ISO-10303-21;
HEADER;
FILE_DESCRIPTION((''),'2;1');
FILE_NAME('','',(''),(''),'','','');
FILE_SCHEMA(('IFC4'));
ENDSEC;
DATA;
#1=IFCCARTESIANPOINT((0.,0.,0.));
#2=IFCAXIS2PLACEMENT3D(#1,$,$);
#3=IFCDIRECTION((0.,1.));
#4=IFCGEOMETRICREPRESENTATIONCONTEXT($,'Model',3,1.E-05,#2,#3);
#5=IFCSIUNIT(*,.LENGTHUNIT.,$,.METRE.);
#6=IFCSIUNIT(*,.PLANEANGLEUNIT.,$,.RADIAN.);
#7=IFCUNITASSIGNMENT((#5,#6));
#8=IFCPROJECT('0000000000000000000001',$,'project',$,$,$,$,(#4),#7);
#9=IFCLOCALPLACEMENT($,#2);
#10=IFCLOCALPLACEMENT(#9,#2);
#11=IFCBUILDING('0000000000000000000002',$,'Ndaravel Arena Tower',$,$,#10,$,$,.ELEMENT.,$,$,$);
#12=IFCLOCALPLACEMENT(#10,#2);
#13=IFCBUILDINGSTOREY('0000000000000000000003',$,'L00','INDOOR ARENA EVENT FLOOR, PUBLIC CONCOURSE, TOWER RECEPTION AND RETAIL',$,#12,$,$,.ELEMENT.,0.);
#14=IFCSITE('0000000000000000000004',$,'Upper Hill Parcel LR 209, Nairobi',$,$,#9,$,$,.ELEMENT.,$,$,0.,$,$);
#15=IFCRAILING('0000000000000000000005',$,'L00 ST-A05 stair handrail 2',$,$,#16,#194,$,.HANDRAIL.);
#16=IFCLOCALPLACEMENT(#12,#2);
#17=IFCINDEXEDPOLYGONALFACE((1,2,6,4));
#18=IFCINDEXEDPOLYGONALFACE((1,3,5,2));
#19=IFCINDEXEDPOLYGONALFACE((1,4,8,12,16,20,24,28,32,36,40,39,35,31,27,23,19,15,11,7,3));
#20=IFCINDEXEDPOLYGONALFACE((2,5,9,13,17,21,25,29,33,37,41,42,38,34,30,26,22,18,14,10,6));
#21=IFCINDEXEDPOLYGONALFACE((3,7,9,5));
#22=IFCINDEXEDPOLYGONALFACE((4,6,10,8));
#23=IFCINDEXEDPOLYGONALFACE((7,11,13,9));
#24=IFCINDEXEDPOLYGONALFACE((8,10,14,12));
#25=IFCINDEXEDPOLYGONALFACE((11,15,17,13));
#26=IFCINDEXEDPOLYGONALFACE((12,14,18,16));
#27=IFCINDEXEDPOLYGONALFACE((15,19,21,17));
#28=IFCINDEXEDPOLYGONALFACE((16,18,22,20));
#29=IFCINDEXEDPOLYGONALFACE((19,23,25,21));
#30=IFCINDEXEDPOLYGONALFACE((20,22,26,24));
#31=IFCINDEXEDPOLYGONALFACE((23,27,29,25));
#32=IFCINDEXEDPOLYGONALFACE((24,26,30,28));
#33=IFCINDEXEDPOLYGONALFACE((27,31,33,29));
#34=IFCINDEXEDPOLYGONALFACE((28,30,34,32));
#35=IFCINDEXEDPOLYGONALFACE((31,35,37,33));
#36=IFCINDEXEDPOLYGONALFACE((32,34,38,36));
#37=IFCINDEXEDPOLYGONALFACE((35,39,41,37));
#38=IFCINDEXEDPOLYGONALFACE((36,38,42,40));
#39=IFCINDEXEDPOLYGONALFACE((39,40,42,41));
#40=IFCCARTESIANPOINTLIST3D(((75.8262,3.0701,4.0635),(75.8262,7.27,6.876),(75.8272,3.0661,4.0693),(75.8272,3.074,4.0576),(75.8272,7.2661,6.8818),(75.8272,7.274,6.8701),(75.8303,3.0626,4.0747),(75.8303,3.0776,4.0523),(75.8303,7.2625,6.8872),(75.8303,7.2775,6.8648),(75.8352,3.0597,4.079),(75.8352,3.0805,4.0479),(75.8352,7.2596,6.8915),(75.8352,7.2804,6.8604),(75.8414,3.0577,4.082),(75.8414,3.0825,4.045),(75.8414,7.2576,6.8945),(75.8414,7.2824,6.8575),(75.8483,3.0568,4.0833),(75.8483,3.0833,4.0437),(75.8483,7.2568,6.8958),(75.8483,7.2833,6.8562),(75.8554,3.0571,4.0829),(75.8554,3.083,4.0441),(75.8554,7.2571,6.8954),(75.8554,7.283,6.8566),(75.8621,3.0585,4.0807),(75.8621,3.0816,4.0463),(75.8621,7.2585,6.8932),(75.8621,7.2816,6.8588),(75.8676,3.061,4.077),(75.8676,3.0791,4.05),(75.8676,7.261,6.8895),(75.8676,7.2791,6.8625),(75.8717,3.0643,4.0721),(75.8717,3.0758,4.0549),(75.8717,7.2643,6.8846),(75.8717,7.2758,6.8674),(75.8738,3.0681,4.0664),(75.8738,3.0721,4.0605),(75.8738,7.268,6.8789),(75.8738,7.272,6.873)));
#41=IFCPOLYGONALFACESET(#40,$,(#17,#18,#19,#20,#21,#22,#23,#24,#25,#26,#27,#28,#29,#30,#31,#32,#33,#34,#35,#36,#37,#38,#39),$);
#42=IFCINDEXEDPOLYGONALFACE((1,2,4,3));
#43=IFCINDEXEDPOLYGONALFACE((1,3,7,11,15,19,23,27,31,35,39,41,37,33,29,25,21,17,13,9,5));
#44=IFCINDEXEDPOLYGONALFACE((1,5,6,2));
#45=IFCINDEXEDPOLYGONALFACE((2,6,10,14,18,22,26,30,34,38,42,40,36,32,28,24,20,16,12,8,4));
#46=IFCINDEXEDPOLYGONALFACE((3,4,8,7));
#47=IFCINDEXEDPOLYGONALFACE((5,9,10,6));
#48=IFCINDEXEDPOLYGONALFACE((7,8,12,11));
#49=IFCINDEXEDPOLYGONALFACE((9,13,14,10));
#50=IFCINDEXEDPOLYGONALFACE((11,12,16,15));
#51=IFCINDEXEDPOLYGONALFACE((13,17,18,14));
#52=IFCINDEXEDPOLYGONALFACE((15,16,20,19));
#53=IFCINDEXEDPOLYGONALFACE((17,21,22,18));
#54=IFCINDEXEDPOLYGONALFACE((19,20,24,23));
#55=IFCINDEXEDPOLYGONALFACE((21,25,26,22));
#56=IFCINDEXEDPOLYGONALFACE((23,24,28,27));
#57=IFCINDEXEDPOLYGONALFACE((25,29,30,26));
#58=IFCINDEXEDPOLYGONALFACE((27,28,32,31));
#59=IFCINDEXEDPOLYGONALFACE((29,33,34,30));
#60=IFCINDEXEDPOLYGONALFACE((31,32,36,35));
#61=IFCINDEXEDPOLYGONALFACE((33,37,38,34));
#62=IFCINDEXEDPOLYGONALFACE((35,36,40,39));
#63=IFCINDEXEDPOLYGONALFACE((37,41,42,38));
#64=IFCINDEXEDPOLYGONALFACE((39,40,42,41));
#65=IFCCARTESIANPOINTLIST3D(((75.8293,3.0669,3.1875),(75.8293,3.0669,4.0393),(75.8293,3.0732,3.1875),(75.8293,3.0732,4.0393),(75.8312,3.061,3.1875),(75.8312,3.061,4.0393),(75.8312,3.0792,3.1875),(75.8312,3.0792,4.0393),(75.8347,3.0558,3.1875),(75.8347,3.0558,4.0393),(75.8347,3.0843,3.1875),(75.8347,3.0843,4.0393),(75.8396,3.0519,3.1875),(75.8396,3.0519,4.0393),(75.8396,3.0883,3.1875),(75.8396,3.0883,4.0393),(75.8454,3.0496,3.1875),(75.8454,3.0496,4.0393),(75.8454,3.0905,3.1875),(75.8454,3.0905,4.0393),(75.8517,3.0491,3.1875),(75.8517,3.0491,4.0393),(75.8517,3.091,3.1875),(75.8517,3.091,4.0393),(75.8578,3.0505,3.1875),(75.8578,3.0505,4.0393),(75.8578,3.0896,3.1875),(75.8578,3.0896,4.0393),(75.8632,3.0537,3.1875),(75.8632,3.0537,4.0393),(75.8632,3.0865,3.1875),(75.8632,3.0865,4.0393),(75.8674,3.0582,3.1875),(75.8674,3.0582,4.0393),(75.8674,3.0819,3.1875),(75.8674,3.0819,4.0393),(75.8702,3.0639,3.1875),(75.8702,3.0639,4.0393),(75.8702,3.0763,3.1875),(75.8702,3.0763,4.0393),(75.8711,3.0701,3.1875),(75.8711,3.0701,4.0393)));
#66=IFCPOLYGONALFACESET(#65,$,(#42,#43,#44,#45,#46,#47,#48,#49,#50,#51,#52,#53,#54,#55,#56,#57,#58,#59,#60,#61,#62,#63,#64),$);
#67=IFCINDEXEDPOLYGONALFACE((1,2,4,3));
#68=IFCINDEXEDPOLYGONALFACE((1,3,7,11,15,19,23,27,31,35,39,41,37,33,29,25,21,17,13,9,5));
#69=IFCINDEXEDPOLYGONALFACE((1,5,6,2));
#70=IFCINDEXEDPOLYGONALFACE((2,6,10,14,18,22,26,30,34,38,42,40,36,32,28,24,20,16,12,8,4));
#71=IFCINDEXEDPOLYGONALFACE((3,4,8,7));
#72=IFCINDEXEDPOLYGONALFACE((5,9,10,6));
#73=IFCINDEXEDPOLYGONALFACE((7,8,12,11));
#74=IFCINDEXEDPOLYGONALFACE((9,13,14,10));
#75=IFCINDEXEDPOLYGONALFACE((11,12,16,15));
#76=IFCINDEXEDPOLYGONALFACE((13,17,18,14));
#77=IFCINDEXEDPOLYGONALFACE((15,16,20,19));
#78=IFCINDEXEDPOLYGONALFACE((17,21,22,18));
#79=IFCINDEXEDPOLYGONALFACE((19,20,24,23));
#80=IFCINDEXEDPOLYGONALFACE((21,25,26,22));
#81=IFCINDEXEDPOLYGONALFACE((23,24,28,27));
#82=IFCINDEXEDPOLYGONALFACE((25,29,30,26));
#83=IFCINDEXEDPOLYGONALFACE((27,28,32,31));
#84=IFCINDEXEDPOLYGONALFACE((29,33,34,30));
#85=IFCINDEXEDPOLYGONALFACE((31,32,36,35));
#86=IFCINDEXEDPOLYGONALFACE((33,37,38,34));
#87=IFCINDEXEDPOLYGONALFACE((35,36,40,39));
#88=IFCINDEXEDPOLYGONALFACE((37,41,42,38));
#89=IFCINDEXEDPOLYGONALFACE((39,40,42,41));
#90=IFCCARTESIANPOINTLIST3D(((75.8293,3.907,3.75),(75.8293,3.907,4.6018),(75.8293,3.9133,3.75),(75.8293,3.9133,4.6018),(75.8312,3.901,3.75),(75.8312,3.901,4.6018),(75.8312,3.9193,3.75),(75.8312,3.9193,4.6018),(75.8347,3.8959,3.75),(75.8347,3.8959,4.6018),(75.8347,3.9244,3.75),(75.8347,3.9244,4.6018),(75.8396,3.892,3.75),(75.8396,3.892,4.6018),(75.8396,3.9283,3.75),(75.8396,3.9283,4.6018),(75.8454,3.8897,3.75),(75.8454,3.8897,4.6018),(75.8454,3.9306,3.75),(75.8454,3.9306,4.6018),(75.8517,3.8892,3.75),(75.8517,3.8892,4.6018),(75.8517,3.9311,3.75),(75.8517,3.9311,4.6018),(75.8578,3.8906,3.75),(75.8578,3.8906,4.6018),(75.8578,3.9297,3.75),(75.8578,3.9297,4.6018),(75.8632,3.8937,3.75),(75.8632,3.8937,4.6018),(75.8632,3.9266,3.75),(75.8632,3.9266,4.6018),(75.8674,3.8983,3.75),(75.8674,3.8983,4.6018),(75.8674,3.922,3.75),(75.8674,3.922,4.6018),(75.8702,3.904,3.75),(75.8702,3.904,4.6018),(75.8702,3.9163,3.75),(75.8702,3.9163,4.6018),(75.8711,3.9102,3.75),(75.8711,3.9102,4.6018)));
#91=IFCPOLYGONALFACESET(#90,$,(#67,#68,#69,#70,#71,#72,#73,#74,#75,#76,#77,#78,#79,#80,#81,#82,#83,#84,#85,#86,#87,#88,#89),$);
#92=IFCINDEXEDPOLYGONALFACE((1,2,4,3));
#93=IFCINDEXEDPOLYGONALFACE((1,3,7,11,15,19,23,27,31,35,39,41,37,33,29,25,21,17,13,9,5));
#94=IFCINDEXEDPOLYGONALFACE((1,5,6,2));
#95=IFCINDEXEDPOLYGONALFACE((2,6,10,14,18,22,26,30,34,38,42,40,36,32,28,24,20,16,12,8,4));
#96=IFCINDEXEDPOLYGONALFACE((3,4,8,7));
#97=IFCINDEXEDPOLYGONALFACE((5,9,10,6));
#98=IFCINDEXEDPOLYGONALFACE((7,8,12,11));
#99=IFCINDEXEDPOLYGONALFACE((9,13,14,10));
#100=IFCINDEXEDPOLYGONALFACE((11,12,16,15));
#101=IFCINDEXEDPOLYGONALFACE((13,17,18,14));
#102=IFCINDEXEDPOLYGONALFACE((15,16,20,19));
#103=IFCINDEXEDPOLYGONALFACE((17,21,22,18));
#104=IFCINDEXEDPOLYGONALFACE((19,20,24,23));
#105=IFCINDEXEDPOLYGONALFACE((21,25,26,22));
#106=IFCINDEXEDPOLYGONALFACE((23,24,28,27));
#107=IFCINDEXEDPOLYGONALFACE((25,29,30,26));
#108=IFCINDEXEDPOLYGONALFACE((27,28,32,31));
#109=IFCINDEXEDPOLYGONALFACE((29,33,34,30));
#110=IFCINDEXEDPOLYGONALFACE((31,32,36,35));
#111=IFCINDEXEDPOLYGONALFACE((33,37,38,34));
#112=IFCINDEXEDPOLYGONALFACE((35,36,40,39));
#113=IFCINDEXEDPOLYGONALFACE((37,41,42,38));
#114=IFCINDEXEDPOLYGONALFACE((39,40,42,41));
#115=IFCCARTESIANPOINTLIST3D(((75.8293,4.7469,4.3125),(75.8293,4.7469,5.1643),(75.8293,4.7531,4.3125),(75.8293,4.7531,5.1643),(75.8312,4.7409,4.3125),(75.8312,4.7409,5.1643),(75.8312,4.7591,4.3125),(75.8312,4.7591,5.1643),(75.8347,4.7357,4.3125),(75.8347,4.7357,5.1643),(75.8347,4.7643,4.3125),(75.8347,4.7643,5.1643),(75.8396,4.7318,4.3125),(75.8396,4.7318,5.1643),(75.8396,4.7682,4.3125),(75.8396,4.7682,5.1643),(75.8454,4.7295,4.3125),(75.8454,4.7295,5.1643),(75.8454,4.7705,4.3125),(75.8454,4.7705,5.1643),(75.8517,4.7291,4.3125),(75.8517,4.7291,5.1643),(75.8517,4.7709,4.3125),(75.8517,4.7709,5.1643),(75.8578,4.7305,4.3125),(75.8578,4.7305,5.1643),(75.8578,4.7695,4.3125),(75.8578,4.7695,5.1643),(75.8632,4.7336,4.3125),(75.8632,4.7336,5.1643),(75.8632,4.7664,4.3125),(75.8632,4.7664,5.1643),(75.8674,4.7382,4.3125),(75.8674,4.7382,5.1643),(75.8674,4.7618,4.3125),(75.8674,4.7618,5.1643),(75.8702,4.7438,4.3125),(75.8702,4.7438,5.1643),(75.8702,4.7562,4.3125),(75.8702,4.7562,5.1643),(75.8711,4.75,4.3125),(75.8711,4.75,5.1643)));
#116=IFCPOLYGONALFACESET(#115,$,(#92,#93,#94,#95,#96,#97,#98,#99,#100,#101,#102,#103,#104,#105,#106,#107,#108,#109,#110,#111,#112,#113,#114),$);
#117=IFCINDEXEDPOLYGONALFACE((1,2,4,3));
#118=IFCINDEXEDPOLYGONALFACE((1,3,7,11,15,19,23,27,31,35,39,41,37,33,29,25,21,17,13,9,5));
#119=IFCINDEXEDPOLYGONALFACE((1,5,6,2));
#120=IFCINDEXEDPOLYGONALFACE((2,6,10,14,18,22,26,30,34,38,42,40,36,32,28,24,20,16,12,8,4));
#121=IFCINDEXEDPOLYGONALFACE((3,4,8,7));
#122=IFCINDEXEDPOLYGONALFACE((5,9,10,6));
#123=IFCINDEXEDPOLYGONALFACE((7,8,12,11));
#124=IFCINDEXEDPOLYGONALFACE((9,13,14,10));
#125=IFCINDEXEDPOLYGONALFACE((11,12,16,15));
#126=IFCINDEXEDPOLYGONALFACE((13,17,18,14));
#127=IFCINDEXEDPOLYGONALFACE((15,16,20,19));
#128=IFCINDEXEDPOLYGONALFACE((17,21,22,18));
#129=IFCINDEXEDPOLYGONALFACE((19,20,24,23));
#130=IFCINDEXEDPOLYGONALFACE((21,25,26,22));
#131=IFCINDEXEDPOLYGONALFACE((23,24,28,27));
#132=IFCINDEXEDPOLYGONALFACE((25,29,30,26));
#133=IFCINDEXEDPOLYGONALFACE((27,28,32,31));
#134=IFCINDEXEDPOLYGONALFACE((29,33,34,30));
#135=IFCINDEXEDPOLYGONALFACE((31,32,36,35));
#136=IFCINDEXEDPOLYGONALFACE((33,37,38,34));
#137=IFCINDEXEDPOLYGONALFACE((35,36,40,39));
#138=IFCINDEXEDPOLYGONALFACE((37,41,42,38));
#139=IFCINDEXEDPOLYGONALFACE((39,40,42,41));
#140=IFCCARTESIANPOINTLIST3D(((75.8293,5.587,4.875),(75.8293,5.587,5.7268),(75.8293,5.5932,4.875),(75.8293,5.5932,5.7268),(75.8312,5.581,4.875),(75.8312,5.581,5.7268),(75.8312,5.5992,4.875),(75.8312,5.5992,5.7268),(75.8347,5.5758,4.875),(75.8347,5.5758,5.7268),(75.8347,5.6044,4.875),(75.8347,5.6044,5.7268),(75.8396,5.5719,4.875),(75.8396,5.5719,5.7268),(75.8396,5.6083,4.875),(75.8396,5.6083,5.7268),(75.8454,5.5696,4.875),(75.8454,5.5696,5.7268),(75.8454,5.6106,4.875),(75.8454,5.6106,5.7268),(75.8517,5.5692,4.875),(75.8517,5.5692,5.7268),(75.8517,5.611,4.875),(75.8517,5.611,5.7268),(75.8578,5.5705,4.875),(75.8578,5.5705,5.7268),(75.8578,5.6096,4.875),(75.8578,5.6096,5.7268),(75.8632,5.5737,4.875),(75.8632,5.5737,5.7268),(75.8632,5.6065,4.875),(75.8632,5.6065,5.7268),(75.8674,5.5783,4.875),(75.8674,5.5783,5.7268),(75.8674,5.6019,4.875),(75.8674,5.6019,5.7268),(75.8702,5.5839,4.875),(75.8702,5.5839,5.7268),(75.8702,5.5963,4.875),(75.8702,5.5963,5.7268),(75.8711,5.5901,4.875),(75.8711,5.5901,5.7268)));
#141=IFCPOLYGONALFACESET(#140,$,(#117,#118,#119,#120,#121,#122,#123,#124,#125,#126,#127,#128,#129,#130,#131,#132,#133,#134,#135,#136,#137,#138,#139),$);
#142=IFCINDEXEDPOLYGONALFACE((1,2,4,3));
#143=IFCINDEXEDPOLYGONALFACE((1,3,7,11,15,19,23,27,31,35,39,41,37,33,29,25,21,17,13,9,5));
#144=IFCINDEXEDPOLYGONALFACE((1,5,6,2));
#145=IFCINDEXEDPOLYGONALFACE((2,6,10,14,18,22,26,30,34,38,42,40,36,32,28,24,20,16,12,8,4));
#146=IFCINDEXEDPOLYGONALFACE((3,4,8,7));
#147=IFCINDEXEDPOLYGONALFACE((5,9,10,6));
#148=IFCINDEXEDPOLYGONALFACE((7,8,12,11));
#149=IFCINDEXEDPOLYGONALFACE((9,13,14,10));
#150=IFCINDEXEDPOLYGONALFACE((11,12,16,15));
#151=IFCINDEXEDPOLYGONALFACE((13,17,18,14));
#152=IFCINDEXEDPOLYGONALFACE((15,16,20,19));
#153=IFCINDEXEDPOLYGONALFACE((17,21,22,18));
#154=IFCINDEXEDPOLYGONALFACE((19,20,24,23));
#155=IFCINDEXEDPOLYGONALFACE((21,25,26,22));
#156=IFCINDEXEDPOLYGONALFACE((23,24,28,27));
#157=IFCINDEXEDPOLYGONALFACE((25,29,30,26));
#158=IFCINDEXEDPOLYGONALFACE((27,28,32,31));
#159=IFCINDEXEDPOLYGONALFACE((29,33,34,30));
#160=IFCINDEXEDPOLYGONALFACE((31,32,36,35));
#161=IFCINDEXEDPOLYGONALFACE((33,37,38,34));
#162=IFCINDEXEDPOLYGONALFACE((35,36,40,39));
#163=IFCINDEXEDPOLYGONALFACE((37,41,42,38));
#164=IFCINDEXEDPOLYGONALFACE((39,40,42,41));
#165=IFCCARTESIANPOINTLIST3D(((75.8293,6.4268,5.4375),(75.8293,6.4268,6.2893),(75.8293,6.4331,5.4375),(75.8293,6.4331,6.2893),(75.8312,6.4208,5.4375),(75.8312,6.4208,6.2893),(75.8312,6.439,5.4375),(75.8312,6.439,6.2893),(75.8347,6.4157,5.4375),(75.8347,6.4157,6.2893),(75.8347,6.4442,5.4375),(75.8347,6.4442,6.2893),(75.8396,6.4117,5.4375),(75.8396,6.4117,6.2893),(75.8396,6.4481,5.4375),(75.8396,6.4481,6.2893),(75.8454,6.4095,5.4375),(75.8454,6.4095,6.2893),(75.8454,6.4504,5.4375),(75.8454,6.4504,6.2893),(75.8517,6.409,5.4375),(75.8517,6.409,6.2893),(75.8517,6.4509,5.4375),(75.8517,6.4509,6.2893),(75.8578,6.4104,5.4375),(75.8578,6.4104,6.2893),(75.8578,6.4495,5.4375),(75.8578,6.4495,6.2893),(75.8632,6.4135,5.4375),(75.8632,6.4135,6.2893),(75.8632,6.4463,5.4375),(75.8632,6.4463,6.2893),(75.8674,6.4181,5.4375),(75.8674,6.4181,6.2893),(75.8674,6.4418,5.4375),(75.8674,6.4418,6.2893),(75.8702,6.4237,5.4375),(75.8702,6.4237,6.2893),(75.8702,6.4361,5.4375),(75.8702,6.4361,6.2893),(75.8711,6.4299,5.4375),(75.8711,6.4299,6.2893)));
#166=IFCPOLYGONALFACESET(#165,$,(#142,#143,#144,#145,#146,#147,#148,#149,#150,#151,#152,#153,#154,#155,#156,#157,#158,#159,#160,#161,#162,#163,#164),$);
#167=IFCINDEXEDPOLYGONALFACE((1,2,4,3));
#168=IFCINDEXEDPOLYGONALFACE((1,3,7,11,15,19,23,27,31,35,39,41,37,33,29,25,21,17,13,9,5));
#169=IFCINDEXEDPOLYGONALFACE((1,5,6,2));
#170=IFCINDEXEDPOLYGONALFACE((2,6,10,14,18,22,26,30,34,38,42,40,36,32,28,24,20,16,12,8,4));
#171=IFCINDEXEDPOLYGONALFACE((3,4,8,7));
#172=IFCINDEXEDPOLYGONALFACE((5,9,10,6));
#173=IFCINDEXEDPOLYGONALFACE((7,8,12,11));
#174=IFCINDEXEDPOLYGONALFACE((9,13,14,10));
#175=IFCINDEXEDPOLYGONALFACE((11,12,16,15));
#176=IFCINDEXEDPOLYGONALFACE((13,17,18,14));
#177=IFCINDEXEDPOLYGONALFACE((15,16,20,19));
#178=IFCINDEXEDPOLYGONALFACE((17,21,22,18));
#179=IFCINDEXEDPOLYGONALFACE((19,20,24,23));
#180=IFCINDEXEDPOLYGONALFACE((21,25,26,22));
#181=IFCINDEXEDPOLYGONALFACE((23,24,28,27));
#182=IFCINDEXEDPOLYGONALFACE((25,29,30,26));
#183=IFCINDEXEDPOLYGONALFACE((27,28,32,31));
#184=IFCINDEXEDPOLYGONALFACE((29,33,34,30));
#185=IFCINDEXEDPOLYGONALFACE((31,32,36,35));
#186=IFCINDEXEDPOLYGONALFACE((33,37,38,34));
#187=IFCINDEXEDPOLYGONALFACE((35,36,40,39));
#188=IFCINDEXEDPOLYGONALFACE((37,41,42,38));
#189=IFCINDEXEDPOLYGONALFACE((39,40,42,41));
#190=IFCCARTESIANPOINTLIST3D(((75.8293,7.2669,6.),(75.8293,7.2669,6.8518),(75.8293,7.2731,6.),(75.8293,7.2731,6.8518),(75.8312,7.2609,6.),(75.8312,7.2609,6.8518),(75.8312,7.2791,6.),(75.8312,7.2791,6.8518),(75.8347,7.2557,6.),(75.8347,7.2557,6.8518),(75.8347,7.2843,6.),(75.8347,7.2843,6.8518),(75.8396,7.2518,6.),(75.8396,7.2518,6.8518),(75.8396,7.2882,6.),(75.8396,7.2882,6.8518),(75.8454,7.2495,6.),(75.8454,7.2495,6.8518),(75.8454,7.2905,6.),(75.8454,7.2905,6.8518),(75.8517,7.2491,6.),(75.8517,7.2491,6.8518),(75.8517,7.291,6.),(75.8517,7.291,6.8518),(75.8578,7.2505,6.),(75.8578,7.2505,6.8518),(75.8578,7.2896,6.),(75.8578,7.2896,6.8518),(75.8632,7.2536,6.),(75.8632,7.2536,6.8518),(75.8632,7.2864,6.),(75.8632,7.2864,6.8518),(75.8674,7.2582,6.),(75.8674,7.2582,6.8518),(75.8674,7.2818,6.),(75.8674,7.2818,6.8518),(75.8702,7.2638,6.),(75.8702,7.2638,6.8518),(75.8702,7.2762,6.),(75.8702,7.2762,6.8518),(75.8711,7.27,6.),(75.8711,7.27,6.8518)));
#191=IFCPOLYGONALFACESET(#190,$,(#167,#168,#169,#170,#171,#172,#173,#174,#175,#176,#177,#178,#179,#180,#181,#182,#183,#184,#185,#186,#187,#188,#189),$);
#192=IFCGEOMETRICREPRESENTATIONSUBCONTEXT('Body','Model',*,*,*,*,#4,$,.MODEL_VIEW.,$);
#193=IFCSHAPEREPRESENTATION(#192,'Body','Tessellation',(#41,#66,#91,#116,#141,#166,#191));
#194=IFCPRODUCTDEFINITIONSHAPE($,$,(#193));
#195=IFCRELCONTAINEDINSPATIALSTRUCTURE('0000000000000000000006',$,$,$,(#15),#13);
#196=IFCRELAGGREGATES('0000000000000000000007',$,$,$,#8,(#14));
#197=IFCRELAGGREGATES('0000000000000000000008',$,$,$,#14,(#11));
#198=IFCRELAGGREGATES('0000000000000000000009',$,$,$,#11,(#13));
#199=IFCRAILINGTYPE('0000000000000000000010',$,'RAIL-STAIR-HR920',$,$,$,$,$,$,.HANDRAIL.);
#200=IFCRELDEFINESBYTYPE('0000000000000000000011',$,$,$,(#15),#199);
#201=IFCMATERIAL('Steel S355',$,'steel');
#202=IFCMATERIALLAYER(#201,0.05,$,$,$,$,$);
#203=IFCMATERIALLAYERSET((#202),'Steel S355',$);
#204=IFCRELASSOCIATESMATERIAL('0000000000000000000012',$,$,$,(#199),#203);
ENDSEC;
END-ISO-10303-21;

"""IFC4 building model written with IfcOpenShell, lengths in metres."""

from ifc_helpers import new_model, si_unit, direction, frame, origin, origin_2d, place, context, subcontext, project, spatial, circle, extrude, material, layer, layer_set, type_object, element, save


model = new_model("IFC4")

# Units and contexts
model_context = context("Model", 3, precision=1e-05, world=origin(), true_north=direction((0.0, 1.0)))
body_context = subcontext(model_context, "Body", "Model", "MODEL_VIEW")
ifc_project = project(units=[si_unit("LENGTHUNIT", "METRE"), si_unit("PLANEANGLEUNIT", "RADIAN")], contexts=[model_context])

# Site, building, storey
site_placement = place(None, origin())
site = spatial("IfcSite", under=ifc_project, at=site_placement, Name="Upper Hill Parcel LR 209, Nairobi", CompositionType="ELEMENT", RefElevation=0.0)
building_placement = place(site_placement, origin())
building = spatial("IfcBuilding", under=site, at=building_placement, Name="Ndaravel Arena Tower", CompositionType="ELEMENT")
storey_placement = place(building_placement, origin())
storey = spatial("IfcBuildingStorey", under=building, at=storey_placement, Name="L00", Description="INDOOR ARENA EVENT FLOOR, PUBLIC CONCOURSE, TOWER RECEPTION AND RETAIL", CompositionType="ELEMENT", Elevation=0.0)

# Railing
ifc_material_1 = material(Name="Steel S355", Category="steel")
ifc_layer_1 = layer(ifc_material_1, 0.05)
ifc_layer_set_1 = layer_set([ifc_layer_1], Name="Steel S355")
railing_type_1 = type_object("IfcRailingType", Name="RAIL-STAIR-HR920", PredefinedType="HANDRAIL", material=ifc_layer_set_1)
railing_1_placement = place(storey_placement, frame((75.8501, 3.0701, 3.1875)))
element("IfcRailing", 1, at=railing_1_placement, inside=storey, type_object=railing_type_1, Name="L00 ST-A05 stair handrail 2", PredefinedType="HANDRAIL", context=body_context, shape_type="SweptSolid", body=[
    extrude(circle(Radius=0.0239, at=origin_2d()), frame((0.0, 0.0, 0.876), z_axis=(0.0, 0.830904, 0.556416), x_axis=(-1.0, 0.0, 0.0)), (0.0, 0.0, 1.0), 5.0547),
    extrude(circle(Radius=0.021, at=origin_2d()), origin(), (0.0, 0.0, 1.0), 0.8518),
    extrude(circle(Radius=0.021, at=origin_2d()), frame((0.0, 0.8401, 0.5625)), (0.0, 0.0, 1.0), 0.8518),
    extrude(circle(Radius=0.021, at=origin_2d()), frame((0.0, 1.6799, 1.125)), (0.0, 0.0, 1.0), 0.8518),
    extrude(circle(Radius=0.021, at=origin_2d()), frame((0.0, 2.52, 1.6875)), (0.0, 0.0, 1.0), 0.8518),
    extrude(circle(Radius=0.021, at=origin_2d()), frame((0.0, 3.3599, 2.25)), (0.0, 0.0, 1.0), 0.8518),
    extrude(circle(Radius=0.021, at=origin_2d()), frame((0.0, 4.2, 2.8125)), (0.0, 0.0, 1.0), 0.8518),
])

save(model, "model.ifc")
